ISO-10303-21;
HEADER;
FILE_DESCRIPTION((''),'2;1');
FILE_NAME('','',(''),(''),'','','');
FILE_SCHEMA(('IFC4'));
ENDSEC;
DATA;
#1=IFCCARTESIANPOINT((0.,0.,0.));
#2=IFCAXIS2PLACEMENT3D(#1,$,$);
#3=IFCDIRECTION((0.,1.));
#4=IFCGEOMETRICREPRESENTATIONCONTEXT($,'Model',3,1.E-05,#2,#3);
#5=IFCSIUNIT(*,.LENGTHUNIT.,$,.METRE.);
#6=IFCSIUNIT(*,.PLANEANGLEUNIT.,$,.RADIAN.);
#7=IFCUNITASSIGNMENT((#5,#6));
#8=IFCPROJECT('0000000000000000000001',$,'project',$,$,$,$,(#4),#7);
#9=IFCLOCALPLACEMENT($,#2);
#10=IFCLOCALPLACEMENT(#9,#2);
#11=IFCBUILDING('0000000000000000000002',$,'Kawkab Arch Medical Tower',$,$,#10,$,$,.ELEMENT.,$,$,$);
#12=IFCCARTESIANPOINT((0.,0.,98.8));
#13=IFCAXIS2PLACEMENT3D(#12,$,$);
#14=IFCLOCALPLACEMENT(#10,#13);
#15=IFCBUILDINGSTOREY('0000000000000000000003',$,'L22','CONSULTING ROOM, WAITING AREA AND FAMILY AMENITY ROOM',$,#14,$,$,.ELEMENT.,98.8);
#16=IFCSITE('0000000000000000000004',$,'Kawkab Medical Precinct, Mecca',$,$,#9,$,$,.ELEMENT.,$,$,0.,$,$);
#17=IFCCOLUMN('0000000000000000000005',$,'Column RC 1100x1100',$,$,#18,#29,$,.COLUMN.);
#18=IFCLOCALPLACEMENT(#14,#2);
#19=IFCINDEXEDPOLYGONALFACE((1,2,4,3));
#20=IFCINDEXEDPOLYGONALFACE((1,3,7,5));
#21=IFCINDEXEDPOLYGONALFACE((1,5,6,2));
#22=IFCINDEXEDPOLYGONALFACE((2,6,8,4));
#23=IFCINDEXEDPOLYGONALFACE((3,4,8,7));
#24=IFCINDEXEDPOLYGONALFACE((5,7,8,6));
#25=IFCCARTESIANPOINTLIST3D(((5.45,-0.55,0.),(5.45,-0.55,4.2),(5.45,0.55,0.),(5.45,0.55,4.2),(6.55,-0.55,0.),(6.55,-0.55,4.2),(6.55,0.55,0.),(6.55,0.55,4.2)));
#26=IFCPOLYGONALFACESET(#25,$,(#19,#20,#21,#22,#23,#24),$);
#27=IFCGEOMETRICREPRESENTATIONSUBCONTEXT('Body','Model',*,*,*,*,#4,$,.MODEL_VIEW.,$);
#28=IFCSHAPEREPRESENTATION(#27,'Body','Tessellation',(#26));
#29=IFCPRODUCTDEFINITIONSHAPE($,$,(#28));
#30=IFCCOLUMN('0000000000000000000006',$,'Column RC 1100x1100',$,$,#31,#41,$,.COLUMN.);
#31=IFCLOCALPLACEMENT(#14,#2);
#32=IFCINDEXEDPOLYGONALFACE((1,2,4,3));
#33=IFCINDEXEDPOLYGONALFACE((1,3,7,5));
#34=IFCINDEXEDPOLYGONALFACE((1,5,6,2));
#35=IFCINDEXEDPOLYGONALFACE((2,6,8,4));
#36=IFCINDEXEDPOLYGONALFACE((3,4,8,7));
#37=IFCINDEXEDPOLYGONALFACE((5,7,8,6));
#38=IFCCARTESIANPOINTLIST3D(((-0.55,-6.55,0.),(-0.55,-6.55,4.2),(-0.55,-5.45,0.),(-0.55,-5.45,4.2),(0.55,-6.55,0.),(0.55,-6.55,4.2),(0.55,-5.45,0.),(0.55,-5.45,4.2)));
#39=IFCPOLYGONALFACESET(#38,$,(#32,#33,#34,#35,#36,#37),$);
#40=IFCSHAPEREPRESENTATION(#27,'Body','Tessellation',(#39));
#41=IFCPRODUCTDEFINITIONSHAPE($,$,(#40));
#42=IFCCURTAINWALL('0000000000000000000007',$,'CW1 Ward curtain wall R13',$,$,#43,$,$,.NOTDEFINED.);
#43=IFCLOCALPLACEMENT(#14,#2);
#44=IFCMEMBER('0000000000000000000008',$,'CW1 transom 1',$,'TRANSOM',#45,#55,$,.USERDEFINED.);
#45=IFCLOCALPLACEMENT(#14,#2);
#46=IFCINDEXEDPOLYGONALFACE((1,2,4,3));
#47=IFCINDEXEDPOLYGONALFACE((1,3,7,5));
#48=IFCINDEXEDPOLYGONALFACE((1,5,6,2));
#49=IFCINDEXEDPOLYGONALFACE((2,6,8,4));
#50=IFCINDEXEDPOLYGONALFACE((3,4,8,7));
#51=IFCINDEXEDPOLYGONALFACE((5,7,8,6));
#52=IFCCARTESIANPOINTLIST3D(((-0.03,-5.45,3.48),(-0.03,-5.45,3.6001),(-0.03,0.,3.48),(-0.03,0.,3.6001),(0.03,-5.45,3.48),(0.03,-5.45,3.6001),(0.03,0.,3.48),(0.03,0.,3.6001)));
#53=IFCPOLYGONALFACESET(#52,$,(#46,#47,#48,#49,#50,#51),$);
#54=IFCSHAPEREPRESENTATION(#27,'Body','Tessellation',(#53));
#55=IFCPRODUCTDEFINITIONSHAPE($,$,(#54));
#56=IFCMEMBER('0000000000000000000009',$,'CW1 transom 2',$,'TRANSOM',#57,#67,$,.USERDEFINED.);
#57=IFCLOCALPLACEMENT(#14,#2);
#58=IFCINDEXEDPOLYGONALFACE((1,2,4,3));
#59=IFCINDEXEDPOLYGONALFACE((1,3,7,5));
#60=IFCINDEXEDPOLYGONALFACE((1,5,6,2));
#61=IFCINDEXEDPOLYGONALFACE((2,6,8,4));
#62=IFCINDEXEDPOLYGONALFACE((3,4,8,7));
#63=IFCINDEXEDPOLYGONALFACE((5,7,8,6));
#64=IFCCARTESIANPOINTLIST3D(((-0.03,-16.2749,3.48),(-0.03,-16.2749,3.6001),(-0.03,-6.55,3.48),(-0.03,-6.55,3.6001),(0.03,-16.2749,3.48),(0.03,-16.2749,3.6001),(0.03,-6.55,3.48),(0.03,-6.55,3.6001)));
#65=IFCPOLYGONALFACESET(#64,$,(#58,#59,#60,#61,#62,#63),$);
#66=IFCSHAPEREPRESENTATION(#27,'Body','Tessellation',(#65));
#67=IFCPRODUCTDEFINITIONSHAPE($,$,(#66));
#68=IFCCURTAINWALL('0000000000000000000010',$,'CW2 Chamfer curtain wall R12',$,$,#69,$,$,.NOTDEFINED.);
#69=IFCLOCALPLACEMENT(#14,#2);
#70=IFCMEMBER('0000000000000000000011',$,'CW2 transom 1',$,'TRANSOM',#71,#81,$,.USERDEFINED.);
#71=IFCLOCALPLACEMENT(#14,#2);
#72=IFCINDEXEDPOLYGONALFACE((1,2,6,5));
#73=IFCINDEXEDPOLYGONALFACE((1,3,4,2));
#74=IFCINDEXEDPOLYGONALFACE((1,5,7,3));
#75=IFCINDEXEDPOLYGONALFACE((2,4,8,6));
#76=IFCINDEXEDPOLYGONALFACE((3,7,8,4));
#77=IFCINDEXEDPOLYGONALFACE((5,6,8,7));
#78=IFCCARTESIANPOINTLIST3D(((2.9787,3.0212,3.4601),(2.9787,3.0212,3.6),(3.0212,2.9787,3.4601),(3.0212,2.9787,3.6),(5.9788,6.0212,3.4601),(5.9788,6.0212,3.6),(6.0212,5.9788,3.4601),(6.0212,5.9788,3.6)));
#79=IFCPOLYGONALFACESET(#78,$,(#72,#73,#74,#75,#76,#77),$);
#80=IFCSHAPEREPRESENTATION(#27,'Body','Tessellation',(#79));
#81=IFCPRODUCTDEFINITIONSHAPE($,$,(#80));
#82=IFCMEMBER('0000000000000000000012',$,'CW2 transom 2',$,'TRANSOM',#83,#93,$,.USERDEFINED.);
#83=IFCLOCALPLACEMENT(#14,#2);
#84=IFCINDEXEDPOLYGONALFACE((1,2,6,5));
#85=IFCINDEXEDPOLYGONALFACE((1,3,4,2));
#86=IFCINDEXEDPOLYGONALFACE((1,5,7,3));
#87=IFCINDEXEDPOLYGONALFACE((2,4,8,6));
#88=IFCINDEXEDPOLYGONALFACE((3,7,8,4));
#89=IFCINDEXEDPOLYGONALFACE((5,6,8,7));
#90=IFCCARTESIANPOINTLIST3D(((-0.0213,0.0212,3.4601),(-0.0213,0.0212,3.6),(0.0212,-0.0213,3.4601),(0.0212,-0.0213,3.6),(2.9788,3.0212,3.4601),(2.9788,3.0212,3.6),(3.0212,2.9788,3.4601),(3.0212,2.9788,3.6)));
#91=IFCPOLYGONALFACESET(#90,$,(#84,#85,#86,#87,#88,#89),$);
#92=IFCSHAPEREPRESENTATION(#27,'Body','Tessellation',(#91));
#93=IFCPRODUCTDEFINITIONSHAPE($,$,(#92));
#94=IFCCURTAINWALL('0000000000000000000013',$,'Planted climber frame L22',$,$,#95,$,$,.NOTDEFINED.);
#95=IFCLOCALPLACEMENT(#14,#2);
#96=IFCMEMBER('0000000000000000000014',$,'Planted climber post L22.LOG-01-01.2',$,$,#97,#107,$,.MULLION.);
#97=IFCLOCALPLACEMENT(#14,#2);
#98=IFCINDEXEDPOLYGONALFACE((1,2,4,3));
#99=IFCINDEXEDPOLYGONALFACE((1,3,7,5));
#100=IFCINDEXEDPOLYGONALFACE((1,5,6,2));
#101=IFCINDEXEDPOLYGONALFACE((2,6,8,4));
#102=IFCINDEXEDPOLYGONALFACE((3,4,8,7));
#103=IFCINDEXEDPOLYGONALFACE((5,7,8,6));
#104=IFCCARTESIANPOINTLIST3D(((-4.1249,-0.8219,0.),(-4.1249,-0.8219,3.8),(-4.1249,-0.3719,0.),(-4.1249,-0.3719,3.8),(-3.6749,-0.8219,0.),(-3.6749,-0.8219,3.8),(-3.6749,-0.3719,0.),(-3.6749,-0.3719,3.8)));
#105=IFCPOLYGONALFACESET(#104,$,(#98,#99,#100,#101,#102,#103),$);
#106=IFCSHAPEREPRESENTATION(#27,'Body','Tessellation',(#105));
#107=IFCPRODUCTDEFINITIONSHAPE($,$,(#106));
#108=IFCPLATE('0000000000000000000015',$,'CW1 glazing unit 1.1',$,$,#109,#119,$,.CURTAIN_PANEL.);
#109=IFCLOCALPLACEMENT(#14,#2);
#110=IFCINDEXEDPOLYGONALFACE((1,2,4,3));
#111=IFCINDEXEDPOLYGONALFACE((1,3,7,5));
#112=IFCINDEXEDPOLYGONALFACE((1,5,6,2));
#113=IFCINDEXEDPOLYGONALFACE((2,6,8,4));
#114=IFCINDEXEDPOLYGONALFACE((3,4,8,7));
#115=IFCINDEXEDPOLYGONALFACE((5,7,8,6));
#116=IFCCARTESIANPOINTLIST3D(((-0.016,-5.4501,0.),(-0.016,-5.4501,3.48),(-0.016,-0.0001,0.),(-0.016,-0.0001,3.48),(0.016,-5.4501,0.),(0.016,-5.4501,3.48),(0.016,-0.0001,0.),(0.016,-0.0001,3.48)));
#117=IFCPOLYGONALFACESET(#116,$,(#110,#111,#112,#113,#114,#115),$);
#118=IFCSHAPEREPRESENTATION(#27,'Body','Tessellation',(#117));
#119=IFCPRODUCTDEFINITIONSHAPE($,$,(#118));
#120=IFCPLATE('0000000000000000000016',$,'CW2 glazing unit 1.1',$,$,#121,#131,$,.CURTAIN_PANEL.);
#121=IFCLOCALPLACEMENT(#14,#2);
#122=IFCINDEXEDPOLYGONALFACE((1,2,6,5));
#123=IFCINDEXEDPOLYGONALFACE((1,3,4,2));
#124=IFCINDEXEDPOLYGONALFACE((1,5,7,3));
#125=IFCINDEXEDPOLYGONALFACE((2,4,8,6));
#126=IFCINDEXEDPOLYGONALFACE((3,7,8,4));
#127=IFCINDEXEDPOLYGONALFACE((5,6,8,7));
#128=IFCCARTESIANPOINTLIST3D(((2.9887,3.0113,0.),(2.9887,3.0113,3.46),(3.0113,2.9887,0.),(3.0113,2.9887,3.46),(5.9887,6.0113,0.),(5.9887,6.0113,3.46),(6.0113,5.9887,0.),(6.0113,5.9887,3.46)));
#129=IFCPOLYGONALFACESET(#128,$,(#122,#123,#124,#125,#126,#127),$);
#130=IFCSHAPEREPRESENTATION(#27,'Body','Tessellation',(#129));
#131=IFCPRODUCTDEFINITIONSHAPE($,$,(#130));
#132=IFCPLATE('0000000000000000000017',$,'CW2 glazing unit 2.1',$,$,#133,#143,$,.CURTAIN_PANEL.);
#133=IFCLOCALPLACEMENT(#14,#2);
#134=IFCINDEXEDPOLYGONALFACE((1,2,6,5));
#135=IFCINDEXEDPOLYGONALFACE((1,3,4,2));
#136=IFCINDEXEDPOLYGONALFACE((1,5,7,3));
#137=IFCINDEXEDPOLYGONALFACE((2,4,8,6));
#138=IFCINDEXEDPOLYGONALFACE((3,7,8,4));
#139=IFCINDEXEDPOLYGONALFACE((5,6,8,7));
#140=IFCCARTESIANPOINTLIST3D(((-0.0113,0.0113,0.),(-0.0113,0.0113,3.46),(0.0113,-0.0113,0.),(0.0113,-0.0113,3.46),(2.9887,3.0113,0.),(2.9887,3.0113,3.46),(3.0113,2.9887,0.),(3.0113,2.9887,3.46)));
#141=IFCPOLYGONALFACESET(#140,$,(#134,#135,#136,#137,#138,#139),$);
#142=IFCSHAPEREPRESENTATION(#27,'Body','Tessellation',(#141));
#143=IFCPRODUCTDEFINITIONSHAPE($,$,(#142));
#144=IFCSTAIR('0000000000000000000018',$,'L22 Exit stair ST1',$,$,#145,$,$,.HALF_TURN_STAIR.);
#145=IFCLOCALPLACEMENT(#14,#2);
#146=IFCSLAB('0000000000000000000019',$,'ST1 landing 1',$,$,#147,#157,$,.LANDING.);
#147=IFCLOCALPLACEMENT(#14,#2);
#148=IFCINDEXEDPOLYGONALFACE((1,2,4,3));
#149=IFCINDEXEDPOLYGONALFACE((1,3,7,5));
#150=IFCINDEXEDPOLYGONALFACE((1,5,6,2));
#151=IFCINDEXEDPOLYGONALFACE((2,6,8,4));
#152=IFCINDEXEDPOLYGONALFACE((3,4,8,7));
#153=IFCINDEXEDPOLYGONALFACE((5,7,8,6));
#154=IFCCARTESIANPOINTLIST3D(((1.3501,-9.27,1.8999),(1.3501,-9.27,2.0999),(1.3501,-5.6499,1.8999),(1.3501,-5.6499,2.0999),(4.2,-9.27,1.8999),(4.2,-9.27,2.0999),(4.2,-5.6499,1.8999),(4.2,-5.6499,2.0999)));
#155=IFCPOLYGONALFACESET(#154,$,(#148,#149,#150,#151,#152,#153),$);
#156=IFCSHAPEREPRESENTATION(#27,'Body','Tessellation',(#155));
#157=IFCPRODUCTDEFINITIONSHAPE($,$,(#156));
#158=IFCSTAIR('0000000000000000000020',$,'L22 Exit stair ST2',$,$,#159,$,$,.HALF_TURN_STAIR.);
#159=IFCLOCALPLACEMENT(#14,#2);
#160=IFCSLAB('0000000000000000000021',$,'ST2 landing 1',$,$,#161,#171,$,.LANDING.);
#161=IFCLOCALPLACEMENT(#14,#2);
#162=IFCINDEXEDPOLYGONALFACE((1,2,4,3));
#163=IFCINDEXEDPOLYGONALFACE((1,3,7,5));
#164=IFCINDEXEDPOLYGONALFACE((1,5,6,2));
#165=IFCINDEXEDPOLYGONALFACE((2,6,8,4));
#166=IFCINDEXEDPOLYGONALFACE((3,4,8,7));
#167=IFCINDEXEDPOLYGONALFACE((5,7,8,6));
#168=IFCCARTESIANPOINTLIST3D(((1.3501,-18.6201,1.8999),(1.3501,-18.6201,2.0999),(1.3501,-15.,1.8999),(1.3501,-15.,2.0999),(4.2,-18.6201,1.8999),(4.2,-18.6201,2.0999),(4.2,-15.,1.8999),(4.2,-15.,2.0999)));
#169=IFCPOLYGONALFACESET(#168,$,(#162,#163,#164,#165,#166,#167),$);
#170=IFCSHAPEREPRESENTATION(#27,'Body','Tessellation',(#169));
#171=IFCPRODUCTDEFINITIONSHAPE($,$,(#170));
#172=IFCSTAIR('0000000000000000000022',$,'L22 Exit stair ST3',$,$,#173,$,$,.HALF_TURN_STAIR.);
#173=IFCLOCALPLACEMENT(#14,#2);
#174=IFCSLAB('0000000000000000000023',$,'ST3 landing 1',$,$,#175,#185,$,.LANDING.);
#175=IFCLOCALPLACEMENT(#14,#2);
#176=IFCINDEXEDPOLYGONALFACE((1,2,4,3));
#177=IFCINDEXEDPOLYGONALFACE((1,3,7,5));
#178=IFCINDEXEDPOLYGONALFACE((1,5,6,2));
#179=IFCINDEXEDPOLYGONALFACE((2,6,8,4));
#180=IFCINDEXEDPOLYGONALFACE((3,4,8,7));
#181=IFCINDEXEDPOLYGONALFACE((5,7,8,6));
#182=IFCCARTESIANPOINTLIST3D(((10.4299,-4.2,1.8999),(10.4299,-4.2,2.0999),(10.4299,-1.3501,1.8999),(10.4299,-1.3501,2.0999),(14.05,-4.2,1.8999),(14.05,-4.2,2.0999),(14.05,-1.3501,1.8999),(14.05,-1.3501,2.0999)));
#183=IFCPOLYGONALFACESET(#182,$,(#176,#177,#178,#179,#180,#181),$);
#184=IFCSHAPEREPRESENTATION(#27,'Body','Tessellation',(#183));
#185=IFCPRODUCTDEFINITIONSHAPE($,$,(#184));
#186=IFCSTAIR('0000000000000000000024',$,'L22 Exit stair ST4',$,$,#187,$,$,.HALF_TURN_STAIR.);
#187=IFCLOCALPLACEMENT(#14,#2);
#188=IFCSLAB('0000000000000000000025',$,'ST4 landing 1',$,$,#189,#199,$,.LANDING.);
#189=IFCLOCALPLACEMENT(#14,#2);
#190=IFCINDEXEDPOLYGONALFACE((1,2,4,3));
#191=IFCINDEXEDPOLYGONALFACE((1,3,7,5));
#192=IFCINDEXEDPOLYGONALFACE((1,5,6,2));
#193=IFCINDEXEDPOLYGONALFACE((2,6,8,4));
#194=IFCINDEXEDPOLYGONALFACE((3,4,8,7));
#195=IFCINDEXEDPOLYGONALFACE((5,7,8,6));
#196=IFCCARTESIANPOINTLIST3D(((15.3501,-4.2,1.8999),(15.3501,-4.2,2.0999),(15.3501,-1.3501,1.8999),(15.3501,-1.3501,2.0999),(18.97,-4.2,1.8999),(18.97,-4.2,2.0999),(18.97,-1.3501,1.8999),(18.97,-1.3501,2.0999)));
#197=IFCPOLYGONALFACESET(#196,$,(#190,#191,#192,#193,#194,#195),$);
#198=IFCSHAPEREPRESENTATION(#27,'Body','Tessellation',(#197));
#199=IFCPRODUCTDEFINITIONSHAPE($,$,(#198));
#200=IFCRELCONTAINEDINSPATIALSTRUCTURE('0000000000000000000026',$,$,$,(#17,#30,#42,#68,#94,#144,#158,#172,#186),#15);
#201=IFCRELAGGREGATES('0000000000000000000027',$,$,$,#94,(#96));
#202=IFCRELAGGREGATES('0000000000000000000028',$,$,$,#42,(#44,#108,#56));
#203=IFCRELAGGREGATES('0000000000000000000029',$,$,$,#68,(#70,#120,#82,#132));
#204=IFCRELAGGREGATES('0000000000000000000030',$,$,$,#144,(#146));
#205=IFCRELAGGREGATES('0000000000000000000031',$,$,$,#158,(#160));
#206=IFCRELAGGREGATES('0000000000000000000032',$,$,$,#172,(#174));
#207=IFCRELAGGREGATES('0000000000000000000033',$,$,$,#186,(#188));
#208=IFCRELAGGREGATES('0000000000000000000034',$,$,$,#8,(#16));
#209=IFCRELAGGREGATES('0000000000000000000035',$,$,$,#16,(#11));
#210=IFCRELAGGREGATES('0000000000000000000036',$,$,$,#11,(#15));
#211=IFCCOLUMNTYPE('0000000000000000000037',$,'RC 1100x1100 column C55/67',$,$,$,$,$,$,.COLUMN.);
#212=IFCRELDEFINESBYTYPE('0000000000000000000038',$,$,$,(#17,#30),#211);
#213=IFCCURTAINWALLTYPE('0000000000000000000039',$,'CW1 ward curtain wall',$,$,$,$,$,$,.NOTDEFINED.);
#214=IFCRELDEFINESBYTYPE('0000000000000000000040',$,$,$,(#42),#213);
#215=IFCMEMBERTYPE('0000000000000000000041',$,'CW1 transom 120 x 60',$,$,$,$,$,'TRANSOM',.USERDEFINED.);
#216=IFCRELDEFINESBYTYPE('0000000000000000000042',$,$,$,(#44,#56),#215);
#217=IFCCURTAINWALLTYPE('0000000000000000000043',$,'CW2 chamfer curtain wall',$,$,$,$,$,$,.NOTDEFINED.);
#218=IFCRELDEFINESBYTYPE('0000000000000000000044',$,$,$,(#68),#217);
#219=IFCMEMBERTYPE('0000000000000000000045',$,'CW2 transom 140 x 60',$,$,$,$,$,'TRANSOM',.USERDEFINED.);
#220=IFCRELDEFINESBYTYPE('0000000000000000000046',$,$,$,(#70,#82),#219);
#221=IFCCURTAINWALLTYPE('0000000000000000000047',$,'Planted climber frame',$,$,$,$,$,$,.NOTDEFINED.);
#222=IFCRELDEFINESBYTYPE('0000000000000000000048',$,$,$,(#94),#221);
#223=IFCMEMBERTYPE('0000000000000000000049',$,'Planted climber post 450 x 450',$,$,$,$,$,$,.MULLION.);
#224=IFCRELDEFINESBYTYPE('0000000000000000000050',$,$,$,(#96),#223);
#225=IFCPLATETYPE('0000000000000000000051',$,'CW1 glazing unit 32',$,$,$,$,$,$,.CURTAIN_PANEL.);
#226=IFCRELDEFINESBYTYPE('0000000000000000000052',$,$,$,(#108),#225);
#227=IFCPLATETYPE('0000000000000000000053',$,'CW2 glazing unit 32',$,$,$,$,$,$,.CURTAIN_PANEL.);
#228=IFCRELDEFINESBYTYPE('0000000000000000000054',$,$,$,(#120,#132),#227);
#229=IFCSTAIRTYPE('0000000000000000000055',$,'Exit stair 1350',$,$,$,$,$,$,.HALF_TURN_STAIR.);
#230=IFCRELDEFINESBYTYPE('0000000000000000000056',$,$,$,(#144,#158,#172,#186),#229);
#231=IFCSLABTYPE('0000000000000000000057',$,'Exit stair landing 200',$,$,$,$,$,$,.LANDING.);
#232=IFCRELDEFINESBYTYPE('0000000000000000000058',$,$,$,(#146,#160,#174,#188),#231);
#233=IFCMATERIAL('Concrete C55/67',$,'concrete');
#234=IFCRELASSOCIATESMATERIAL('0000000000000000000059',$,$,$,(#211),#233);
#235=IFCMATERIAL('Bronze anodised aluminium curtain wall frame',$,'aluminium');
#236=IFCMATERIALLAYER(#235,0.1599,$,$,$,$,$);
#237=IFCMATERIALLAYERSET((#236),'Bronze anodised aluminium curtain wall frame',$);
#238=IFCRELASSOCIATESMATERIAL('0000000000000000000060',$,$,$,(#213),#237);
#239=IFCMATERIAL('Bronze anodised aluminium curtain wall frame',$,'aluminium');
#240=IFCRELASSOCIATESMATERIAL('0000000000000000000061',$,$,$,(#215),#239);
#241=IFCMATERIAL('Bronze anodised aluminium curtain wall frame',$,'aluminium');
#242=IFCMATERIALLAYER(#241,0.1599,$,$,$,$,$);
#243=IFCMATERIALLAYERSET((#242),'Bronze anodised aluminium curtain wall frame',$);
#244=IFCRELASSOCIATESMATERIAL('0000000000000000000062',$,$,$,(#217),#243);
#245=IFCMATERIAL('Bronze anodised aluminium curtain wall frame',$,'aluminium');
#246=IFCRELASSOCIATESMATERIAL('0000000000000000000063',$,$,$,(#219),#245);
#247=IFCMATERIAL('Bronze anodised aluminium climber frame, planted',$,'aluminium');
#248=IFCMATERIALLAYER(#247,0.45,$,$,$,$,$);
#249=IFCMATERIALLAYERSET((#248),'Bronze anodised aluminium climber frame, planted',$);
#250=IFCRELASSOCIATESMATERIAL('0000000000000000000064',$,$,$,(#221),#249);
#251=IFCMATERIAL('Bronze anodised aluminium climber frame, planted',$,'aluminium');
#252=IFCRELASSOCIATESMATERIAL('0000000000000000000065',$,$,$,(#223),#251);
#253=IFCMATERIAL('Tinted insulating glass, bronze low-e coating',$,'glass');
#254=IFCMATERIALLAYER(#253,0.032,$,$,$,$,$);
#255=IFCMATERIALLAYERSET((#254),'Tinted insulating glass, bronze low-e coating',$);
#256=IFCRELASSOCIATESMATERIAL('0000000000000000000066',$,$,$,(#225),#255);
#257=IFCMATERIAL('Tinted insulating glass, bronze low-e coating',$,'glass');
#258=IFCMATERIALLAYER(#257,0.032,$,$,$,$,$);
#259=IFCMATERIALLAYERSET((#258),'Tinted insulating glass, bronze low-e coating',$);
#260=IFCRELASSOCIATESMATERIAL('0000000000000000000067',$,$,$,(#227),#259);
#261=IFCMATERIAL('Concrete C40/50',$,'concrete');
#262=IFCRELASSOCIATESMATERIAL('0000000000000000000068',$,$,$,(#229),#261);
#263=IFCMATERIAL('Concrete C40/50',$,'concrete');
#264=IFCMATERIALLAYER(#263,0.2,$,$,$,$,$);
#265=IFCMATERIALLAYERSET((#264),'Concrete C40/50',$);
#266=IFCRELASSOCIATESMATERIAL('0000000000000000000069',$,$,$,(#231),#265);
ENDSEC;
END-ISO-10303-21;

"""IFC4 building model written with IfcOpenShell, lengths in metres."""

from ifc_helpers import new_model, si_unit, direction, frame, origin, origin_2d, place, context, subcontext, project, spatial, polyline, rectangle, outline, extrude, material, layer, layer_set, material_profile, profile_set, type_object, element, aggregate, save


model = new_model("IFC4")

# Units and contexts
model_context = context("Model", 3, precision=1e-05, world=origin(), true_north=direction((0.0, 1.0)))
body_context = subcontext(model_context, "Body", "Model", "MODEL_VIEW")
ifc_project = project(units=[si_unit("LENGTHUNIT", "METRE"), si_unit("PLANEANGLEUNIT", "RADIAN")], contexts=[model_context])

# Site, building, storey
site_placement = place(None, origin())
site = spatial("IfcSite", under=ifc_project, at=site_placement, Name="Kawkab Medical Precinct, Mecca", CompositionType="ELEMENT", RefElevation=0.0)
building_placement = place(site_placement, origin())
building = spatial("IfcBuilding", under=site, at=building_placement, Name="Kawkab Arch Medical Tower", CompositionType="ELEMENT")
storey_placement = place(building_placement, frame((0.0, 0.0, 98.8)))
storey = spatial("IfcBuildingStorey", under=building, at=storey_placement, Name="L22", Description="CONSULTING ROOM, WAITING AREA AND FAMILY AMENITY ROOM", CompositionType="ELEMENT", Elevation=98.8)

# Columns
ifc_material_1 = material(Name="Concrete C55/67", Category="concrete")
ifc_material_profile_1 = material_profile(ifc_material_1, rectangle(XDim=1.1001, YDim=1.1001, at=origin_2d()), Name="RC 1100x1100")
ifc_profile_set_1 = profile_set([ifc_material_profile_1], Name="Concrete C55/67")
column_type = type_object("IfcColumnType", Name="RC 1100x1100 column C55/67", PredefinedType="COLUMN", material=ifc_profile_set_1)
for number, where, z_axis, x_axis, name in (
    (1, (6.0, 0.0, 0.0), (0.0, 0.0, 1.0), (1.0, 0.0, 0.0), "Column RC 1100x1100"),
    (2, (0.0, -6.0, 0.0), (0.0, 0.0, 1.0), (1.0, 0.0, 0.0), "Column RC 1100x1100"),
):
    element("IfcColumn", number, at=place(storey_placement, frame(where, z_axis=z_axis, x_axis=x_axis)), inside=storey, type_object=column_type, Name=name, PredefinedType="COLUMN", context=body_context, shape_type="SweptSolid", body=[
        extrude(rectangle(XDim=1.1001, YDim=1.1001, at=origin_2d()), origin(), (0.0, 0.0, 1.0), 4.2),
    ])

# Curtain walls, members
ifc_material_2 = material(Name="Bronze anodised aluminium curtain wall frame", Category="aluminium")
ifc_layer_1 = layer(ifc_material_2, 0.1599)
ifc_layer_set_1 = layer_set([ifc_layer_1], Name="Bronze anodised aluminium curtain wall frame")
curtain_wall_type_1 = type_object("IfcCurtainWallType", Name="CW1 ward curtain wall", PredefinedType="NOTDEFINED", material=ifc_layer_set_1)
placement_1 = place(storey_placement, origin())
curtain_wall_1 = element("IfcCurtainWall", 3, at=placement_1, inside=storey, type_object=curtain_wall_type_1, Name="CW1 Ward curtain wall R13", PredefinedType="NOTDEFINED")
ifc_material_3 = material(Name="Bronze anodised aluminium curtain wall frame", Category="aluminium")
ifc_material_profile_2 = material_profile(ifc_material_3, rectangle(XDim=0.0601, YDim=0.1201, at=origin_2d()), Name="AL 60x120")
ifc_profile_set_2 = profile_set([ifc_material_profile_2], Name="Bronze anodised aluminium curtain wall frame")
member_type_1 = type_object("IfcMemberType", Name="CW1 transom 120 x 60", ElementType="TRANSOM", PredefinedType="USERDEFINED", material=ifc_profile_set_2)
member_1_placement = place(storey_placement, frame((0.0, 0.0, 3.54), z_axis=(0.0, -1.0, 0.0), x_axis=(1.0, 0.0, 0.0)))
member_1 = element("IfcMember", 4, at=member_1_placement, type_object=member_type_1, Name="CW1 transom 1", ObjectType="TRANSOM", PredefinedType="USERDEFINED", context=body_context, shape_type="SweptSolid", body=[
    extrude(rectangle(XDim=0.0601, YDim=0.1201, at=origin_2d()), origin(), (0.0, 0.0, 1.0), 5.45),
])
member_2_placement = place(storey_placement, frame((0.0, -6.55, 3.54), z_axis=(0.0, -1.0, 0.0), x_axis=(1.0, 0.0, 0.0)))
member_2 = element("IfcMember", 5, at=member_2_placement, type_object=member_type_1, Name="CW1 transom 2", ObjectType="TRANSOM", PredefinedType="USERDEFINED", context=body_context, shape_type="SweptSolid", body=[
    extrude(rectangle(XDim=0.0601, YDim=0.1201, at=origin_2d()), origin(), (0.0, 0.0, 1.0), 9.7249),
])
ifc_material_4 = material(Name="Bronze anodised aluminium curtain wall frame", Category="aluminium")
ifc_layer_2 = layer(ifc_material_4, 0.1599)
ifc_layer_set_2 = layer_set([ifc_layer_2], Name="Bronze anodised aluminium curtain wall frame")
curtain_wall_type_2 = type_object("IfcCurtainWallType", Name="CW2 chamfer curtain wall", PredefinedType="NOTDEFINED", material=ifc_layer_set_2)
curtain_wall_2 = element("IfcCurtainWall", 6, at=placement_1, inside=storey, type_object=curtain_wall_type_2, Name="CW2 Chamfer curtain wall R12", PredefinedType="NOTDEFINED")
ifc_material_5 = material(Name="Bronze anodised aluminium curtain wall frame", Category="aluminium")
ifc_material_profile_3 = material_profile(ifc_material_5, rectangle(XDim=0.0601, YDim=0.1399, at=origin_2d()), Name="AL 60x140")
ifc_profile_set_3 = profile_set([ifc_material_profile_3], Name="Bronze anodised aluminium curtain wall frame")
member_type_2 = type_object("IfcMemberType", Name="CW2 transom 140 x 60", ElementType="TRANSOM", PredefinedType="USERDEFINED", material=ifc_profile_set_3)
member_3_placement = place(storey_placement, frame((6.0, 6.0, 3.53), z_axis=(-0.707107, -0.707107, 0.0), x_axis=(0.707107, -0.707107, 0.0)))
member_3 = element("IfcMember", 7, at=member_3_placement, type_object=member_type_2, Name="CW2 transom 1", ObjectType="TRANSOM", PredefinedType="USERDEFINED", context=body_context, shape_type="SweptSolid", body=[
    extrude(rectangle(XDim=0.0601, YDim=0.1399, at=origin_2d()), origin(), (0.0, 0.0, 1.0), 4.2427),
])
member_4_placement = place(storey_placement, frame((3.0, 3.0, 3.53), z_axis=(-0.707107, -0.707107, 0.0), x_axis=(0.707107, -0.707107, 0.0)))
member_4 = element("IfcMember", 8, at=member_4_placement, type_object=member_type_2, Name="CW2 transom 2", ObjectType="TRANSOM", PredefinedType="USERDEFINED", context=body_context, shape_type="SweptSolid", body=[
    extrude(rectangle(XDim=0.0601, YDim=0.1399, at=origin_2d()), origin(), (0.0, 0.0, 1.0), 4.2427),
])

# Curtain wall, member
ifc_material_6 = material(Name="Bronze anodised aluminium climber frame, planted", Category="aluminium")
ifc_layer_3 = layer(ifc_material_6, 0.45)
ifc_layer_set_3 = layer_set([ifc_layer_3], Name="Bronze anodised aluminium climber frame, planted")
curtain_wall_type_3 = type_object("IfcCurtainWallType", Name="Planted climber frame", PredefinedType="NOTDEFINED", material=ifc_layer_set_3)
curtain_wall_3 = element("IfcCurtainWall", 9, at=placement_1, inside=storey, type_object=curtain_wall_type_3, Name="Planted climber frame L22", PredefinedType="NOTDEFINED")
ifc_material_7 = material(Name="Bronze anodised aluminium climber frame, planted", Category="aluminium")
ifc_material_profile_4 = material_profile(ifc_material_7, rectangle(XDim=0.45, YDim=0.45, at=origin_2d()), Name="Post 450x450")
ifc_profile_set_4 = profile_set([ifc_material_profile_4], Name="Bronze anodised aluminium climber frame, planted")
member_type_3 = type_object("IfcMemberType", Name="Planted climber post 450 x 450", PredefinedType="MULLION", material=ifc_profile_set_4)
member_5_placement = place(storey_placement, frame((-3.8999, -0.5969, 0.0), z_axis=(0.0, 0.0, 1.0), x_axis=(1.0, 0.0, 0.0)))
member_5 = element("IfcMember", 10, at=member_5_placement, type_object=member_type_3, Name="Planted climber post L22.LOG-01-01.2", PredefinedType="MULLION", context=body_context, shape_type="SweptSolid", body=[
    extrude(rectangle(XDim=0.45, YDim=0.45, at=origin_2d()), origin(), (0.0, 0.0, 1.0), 3.8),
])
aggregate(curtain_wall_3, [member_5])

# Plates
ifc_material_8 = material(Name="Tinted insulating glass, bronze low-e coating", Category="glass")
ifc_layer_4 = layer(ifc_material_8, 0.032)
ifc_layer_set_4 = layer_set([ifc_layer_4], Name="Tinted insulating glass, bronze low-e coating")
plate_type_1 = type_object("IfcPlateType", Name="CW1 glazing unit 32", PredefinedType="CURTAIN_PANEL", material=ifc_layer_set_4)
plate_1_placement = place(storey_placement, frame((0.0, -2.7251, 0.0), z_axis=(0.0, 0.0, 1.0), x_axis=(0.0, -1.0, 0.0)))
plate_1 = element("IfcPlate", 11, at=plate_1_placement, type_object=plate_type_1, Name="CW1 glazing unit 1.1", PredefinedType="CURTAIN_PANEL", context=body_context, shape_type="SweptSolid", body=[
    extrude(rectangle(XDim=5.45, YDim=0.032, at=origin_2d()), origin(), (0.0, 0.0, 1.0), 3.48),
])
aggregate(curtain_wall_1, [member_1, plate_1, member_2])
ifc_material_9 = material(Name="Tinted insulating glass, bronze low-e coating", Category="glass")
ifc_layer_5 = layer(ifc_material_9, 0.032)
ifc_layer_set_5 = layer_set([ifc_layer_5], Name="Tinted insulating glass, bronze low-e coating")
plate_type_2 = type_object("IfcPlateType", Name="CW2 glazing unit 32", PredefinedType="CURTAIN_PANEL", material=ifc_layer_set_5)
plate_2_placement = place(storey_placement, frame((4.5, 4.5, 0.0), z_axis=(0.0, 0.0, 1.0), x_axis=(-0.707107, -0.707107, 0.0)))
plate_2 = element("IfcPlate", 12, at=plate_2_placement, type_object=plate_type_2, Name="CW2 glazing unit 1.1", PredefinedType="CURTAIN_PANEL", context=body_context, shape_type="SweptSolid", body=[
    extrude(rectangle(XDim=4.2427, YDim=0.032, at=origin_2d()), origin(), (0.0, 0.0, 1.0), 3.46),
])
plate_3_placement = place(storey_placement, frame((1.5, 1.5, 0.0), z_axis=(0.0, 0.0, 1.0), x_axis=(-0.707107, -0.707107, 0.0)))
plate_3 = element("IfcPlate", 13, at=plate_3_placement, type_object=plate_type_2, Name="CW2 glazing unit 2.1", PredefinedType="CURTAIN_PANEL", context=body_context, shape_type="SweptSolid", body=[
    extrude(rectangle(XDim=4.2427, YDim=0.032, at=origin_2d()), origin(), (0.0, 0.0, 1.0), 3.46),
])
aggregate(curtain_wall_2, [member_3, plate_2, member_4, plate_3])

# Stairs, slabs
ifc_material_10 = material(Name="Concrete C40/50", Category="concrete")
stair_type = type_object("IfcStairType", Name="Exit stair 1350", PredefinedType="HALF_TURN_STAIR", material=ifc_material_10)
stair_1 = element("IfcStair", 14, at=placement_1, inside=storey, type_object=stair_type, Name="L22 Exit stair ST1", PredefinedType="HALF_TURN_STAIR")
ifc_material_11 = material(Name="Concrete C40/50", Category="concrete")
ifc_layer_6 = layer(ifc_material_11, 0.2)
ifc_layer_set_6 = layer_set([ifc_layer_6], Name="Concrete C40/50")
slab_type_1 = type_object("IfcSlabType", Name="Exit stair landing 200", PredefinedType="LANDING", material=ifc_layer_set_6)
placement_2 = place(storey_placement, frame((0.0, 0.0, 1.8999)))
slab_1 = element("IfcSlab", 15, at=placement_2, type_object=slab_type_1, Name="ST1 landing 1", PredefinedType="LANDING", context=body_context, shape_type="SweptSolid", body=[
    extrude(outline(polyline([(4.2, -9.27), (4.2, -5.6499), (1.3501, -5.6499), (1.3501, -9.27), (4.2, -9.27)])), origin(), (0.0, 0.0, 1.0), 0.2),
])
aggregate(stair_1, [slab_1])
stair_2 = element("IfcStair", 16, at=placement_1, inside=storey, type_object=stair_type, Name="L22 Exit stair ST2", PredefinedType="HALF_TURN_STAIR")
slab_2 = element("IfcSlab", 17, at=placement_2, type_object=slab_type_1, Name="ST2 landing 1", PredefinedType="LANDING", context=body_context, shape_type="SweptSolid", body=[
    extrude(outline(polyline([(4.2, -18.6201), (4.2, -15.0), (1.3501, -15.0), (1.3501, -18.6201), (4.2, -18.6201)])), origin(), (0.0, 0.0, 1.0), 0.2),
])
aggregate(stair_2, [slab_2])
stair_3 = element("IfcStair", 18, at=placement_1, inside=storey, type_object=stair_type, Name="L22 Exit stair ST3", PredefinedType="HALF_TURN_STAIR")
slab_3 = element("IfcSlab", 19, at=placement_2, type_object=slab_type_1, Name="ST3 landing 1", PredefinedType="LANDING", context=body_context, shape_type="SweptSolid", body=[
    extrude(outline(polyline([(10.4299, -4.2), (14.05, -4.2), (14.05, -1.3501), (10.4299, -1.3501), (10.4299, -4.2)])), origin(), (0.0, 0.0, 1.0), 0.2),
])
aggregate(stair_3, [slab_3])
stair_4 = element("IfcStair", 20, at=placement_1, inside=storey, type_object=stair_type, Name="L22 Exit stair ST4", PredefinedType="HALF_TURN_STAIR")
slab_4 = element("IfcSlab", 21, at=placement_2, type_object=slab_type_1, Name="ST4 landing 1", PredefinedType="LANDING", context=body_context, shape_type="SweptSolid", body=[
    extrude(outline(polyline([(18.97, -1.3501), (15.3501, -1.3501), (15.3501, -4.2), (18.97, -4.2), (18.97, -1.3501)])), origin(), (0.0, 0.0, 1.0), 0.2),
])
aggregate(stair_4, [slab_4])

save(model, "model.ifc")
